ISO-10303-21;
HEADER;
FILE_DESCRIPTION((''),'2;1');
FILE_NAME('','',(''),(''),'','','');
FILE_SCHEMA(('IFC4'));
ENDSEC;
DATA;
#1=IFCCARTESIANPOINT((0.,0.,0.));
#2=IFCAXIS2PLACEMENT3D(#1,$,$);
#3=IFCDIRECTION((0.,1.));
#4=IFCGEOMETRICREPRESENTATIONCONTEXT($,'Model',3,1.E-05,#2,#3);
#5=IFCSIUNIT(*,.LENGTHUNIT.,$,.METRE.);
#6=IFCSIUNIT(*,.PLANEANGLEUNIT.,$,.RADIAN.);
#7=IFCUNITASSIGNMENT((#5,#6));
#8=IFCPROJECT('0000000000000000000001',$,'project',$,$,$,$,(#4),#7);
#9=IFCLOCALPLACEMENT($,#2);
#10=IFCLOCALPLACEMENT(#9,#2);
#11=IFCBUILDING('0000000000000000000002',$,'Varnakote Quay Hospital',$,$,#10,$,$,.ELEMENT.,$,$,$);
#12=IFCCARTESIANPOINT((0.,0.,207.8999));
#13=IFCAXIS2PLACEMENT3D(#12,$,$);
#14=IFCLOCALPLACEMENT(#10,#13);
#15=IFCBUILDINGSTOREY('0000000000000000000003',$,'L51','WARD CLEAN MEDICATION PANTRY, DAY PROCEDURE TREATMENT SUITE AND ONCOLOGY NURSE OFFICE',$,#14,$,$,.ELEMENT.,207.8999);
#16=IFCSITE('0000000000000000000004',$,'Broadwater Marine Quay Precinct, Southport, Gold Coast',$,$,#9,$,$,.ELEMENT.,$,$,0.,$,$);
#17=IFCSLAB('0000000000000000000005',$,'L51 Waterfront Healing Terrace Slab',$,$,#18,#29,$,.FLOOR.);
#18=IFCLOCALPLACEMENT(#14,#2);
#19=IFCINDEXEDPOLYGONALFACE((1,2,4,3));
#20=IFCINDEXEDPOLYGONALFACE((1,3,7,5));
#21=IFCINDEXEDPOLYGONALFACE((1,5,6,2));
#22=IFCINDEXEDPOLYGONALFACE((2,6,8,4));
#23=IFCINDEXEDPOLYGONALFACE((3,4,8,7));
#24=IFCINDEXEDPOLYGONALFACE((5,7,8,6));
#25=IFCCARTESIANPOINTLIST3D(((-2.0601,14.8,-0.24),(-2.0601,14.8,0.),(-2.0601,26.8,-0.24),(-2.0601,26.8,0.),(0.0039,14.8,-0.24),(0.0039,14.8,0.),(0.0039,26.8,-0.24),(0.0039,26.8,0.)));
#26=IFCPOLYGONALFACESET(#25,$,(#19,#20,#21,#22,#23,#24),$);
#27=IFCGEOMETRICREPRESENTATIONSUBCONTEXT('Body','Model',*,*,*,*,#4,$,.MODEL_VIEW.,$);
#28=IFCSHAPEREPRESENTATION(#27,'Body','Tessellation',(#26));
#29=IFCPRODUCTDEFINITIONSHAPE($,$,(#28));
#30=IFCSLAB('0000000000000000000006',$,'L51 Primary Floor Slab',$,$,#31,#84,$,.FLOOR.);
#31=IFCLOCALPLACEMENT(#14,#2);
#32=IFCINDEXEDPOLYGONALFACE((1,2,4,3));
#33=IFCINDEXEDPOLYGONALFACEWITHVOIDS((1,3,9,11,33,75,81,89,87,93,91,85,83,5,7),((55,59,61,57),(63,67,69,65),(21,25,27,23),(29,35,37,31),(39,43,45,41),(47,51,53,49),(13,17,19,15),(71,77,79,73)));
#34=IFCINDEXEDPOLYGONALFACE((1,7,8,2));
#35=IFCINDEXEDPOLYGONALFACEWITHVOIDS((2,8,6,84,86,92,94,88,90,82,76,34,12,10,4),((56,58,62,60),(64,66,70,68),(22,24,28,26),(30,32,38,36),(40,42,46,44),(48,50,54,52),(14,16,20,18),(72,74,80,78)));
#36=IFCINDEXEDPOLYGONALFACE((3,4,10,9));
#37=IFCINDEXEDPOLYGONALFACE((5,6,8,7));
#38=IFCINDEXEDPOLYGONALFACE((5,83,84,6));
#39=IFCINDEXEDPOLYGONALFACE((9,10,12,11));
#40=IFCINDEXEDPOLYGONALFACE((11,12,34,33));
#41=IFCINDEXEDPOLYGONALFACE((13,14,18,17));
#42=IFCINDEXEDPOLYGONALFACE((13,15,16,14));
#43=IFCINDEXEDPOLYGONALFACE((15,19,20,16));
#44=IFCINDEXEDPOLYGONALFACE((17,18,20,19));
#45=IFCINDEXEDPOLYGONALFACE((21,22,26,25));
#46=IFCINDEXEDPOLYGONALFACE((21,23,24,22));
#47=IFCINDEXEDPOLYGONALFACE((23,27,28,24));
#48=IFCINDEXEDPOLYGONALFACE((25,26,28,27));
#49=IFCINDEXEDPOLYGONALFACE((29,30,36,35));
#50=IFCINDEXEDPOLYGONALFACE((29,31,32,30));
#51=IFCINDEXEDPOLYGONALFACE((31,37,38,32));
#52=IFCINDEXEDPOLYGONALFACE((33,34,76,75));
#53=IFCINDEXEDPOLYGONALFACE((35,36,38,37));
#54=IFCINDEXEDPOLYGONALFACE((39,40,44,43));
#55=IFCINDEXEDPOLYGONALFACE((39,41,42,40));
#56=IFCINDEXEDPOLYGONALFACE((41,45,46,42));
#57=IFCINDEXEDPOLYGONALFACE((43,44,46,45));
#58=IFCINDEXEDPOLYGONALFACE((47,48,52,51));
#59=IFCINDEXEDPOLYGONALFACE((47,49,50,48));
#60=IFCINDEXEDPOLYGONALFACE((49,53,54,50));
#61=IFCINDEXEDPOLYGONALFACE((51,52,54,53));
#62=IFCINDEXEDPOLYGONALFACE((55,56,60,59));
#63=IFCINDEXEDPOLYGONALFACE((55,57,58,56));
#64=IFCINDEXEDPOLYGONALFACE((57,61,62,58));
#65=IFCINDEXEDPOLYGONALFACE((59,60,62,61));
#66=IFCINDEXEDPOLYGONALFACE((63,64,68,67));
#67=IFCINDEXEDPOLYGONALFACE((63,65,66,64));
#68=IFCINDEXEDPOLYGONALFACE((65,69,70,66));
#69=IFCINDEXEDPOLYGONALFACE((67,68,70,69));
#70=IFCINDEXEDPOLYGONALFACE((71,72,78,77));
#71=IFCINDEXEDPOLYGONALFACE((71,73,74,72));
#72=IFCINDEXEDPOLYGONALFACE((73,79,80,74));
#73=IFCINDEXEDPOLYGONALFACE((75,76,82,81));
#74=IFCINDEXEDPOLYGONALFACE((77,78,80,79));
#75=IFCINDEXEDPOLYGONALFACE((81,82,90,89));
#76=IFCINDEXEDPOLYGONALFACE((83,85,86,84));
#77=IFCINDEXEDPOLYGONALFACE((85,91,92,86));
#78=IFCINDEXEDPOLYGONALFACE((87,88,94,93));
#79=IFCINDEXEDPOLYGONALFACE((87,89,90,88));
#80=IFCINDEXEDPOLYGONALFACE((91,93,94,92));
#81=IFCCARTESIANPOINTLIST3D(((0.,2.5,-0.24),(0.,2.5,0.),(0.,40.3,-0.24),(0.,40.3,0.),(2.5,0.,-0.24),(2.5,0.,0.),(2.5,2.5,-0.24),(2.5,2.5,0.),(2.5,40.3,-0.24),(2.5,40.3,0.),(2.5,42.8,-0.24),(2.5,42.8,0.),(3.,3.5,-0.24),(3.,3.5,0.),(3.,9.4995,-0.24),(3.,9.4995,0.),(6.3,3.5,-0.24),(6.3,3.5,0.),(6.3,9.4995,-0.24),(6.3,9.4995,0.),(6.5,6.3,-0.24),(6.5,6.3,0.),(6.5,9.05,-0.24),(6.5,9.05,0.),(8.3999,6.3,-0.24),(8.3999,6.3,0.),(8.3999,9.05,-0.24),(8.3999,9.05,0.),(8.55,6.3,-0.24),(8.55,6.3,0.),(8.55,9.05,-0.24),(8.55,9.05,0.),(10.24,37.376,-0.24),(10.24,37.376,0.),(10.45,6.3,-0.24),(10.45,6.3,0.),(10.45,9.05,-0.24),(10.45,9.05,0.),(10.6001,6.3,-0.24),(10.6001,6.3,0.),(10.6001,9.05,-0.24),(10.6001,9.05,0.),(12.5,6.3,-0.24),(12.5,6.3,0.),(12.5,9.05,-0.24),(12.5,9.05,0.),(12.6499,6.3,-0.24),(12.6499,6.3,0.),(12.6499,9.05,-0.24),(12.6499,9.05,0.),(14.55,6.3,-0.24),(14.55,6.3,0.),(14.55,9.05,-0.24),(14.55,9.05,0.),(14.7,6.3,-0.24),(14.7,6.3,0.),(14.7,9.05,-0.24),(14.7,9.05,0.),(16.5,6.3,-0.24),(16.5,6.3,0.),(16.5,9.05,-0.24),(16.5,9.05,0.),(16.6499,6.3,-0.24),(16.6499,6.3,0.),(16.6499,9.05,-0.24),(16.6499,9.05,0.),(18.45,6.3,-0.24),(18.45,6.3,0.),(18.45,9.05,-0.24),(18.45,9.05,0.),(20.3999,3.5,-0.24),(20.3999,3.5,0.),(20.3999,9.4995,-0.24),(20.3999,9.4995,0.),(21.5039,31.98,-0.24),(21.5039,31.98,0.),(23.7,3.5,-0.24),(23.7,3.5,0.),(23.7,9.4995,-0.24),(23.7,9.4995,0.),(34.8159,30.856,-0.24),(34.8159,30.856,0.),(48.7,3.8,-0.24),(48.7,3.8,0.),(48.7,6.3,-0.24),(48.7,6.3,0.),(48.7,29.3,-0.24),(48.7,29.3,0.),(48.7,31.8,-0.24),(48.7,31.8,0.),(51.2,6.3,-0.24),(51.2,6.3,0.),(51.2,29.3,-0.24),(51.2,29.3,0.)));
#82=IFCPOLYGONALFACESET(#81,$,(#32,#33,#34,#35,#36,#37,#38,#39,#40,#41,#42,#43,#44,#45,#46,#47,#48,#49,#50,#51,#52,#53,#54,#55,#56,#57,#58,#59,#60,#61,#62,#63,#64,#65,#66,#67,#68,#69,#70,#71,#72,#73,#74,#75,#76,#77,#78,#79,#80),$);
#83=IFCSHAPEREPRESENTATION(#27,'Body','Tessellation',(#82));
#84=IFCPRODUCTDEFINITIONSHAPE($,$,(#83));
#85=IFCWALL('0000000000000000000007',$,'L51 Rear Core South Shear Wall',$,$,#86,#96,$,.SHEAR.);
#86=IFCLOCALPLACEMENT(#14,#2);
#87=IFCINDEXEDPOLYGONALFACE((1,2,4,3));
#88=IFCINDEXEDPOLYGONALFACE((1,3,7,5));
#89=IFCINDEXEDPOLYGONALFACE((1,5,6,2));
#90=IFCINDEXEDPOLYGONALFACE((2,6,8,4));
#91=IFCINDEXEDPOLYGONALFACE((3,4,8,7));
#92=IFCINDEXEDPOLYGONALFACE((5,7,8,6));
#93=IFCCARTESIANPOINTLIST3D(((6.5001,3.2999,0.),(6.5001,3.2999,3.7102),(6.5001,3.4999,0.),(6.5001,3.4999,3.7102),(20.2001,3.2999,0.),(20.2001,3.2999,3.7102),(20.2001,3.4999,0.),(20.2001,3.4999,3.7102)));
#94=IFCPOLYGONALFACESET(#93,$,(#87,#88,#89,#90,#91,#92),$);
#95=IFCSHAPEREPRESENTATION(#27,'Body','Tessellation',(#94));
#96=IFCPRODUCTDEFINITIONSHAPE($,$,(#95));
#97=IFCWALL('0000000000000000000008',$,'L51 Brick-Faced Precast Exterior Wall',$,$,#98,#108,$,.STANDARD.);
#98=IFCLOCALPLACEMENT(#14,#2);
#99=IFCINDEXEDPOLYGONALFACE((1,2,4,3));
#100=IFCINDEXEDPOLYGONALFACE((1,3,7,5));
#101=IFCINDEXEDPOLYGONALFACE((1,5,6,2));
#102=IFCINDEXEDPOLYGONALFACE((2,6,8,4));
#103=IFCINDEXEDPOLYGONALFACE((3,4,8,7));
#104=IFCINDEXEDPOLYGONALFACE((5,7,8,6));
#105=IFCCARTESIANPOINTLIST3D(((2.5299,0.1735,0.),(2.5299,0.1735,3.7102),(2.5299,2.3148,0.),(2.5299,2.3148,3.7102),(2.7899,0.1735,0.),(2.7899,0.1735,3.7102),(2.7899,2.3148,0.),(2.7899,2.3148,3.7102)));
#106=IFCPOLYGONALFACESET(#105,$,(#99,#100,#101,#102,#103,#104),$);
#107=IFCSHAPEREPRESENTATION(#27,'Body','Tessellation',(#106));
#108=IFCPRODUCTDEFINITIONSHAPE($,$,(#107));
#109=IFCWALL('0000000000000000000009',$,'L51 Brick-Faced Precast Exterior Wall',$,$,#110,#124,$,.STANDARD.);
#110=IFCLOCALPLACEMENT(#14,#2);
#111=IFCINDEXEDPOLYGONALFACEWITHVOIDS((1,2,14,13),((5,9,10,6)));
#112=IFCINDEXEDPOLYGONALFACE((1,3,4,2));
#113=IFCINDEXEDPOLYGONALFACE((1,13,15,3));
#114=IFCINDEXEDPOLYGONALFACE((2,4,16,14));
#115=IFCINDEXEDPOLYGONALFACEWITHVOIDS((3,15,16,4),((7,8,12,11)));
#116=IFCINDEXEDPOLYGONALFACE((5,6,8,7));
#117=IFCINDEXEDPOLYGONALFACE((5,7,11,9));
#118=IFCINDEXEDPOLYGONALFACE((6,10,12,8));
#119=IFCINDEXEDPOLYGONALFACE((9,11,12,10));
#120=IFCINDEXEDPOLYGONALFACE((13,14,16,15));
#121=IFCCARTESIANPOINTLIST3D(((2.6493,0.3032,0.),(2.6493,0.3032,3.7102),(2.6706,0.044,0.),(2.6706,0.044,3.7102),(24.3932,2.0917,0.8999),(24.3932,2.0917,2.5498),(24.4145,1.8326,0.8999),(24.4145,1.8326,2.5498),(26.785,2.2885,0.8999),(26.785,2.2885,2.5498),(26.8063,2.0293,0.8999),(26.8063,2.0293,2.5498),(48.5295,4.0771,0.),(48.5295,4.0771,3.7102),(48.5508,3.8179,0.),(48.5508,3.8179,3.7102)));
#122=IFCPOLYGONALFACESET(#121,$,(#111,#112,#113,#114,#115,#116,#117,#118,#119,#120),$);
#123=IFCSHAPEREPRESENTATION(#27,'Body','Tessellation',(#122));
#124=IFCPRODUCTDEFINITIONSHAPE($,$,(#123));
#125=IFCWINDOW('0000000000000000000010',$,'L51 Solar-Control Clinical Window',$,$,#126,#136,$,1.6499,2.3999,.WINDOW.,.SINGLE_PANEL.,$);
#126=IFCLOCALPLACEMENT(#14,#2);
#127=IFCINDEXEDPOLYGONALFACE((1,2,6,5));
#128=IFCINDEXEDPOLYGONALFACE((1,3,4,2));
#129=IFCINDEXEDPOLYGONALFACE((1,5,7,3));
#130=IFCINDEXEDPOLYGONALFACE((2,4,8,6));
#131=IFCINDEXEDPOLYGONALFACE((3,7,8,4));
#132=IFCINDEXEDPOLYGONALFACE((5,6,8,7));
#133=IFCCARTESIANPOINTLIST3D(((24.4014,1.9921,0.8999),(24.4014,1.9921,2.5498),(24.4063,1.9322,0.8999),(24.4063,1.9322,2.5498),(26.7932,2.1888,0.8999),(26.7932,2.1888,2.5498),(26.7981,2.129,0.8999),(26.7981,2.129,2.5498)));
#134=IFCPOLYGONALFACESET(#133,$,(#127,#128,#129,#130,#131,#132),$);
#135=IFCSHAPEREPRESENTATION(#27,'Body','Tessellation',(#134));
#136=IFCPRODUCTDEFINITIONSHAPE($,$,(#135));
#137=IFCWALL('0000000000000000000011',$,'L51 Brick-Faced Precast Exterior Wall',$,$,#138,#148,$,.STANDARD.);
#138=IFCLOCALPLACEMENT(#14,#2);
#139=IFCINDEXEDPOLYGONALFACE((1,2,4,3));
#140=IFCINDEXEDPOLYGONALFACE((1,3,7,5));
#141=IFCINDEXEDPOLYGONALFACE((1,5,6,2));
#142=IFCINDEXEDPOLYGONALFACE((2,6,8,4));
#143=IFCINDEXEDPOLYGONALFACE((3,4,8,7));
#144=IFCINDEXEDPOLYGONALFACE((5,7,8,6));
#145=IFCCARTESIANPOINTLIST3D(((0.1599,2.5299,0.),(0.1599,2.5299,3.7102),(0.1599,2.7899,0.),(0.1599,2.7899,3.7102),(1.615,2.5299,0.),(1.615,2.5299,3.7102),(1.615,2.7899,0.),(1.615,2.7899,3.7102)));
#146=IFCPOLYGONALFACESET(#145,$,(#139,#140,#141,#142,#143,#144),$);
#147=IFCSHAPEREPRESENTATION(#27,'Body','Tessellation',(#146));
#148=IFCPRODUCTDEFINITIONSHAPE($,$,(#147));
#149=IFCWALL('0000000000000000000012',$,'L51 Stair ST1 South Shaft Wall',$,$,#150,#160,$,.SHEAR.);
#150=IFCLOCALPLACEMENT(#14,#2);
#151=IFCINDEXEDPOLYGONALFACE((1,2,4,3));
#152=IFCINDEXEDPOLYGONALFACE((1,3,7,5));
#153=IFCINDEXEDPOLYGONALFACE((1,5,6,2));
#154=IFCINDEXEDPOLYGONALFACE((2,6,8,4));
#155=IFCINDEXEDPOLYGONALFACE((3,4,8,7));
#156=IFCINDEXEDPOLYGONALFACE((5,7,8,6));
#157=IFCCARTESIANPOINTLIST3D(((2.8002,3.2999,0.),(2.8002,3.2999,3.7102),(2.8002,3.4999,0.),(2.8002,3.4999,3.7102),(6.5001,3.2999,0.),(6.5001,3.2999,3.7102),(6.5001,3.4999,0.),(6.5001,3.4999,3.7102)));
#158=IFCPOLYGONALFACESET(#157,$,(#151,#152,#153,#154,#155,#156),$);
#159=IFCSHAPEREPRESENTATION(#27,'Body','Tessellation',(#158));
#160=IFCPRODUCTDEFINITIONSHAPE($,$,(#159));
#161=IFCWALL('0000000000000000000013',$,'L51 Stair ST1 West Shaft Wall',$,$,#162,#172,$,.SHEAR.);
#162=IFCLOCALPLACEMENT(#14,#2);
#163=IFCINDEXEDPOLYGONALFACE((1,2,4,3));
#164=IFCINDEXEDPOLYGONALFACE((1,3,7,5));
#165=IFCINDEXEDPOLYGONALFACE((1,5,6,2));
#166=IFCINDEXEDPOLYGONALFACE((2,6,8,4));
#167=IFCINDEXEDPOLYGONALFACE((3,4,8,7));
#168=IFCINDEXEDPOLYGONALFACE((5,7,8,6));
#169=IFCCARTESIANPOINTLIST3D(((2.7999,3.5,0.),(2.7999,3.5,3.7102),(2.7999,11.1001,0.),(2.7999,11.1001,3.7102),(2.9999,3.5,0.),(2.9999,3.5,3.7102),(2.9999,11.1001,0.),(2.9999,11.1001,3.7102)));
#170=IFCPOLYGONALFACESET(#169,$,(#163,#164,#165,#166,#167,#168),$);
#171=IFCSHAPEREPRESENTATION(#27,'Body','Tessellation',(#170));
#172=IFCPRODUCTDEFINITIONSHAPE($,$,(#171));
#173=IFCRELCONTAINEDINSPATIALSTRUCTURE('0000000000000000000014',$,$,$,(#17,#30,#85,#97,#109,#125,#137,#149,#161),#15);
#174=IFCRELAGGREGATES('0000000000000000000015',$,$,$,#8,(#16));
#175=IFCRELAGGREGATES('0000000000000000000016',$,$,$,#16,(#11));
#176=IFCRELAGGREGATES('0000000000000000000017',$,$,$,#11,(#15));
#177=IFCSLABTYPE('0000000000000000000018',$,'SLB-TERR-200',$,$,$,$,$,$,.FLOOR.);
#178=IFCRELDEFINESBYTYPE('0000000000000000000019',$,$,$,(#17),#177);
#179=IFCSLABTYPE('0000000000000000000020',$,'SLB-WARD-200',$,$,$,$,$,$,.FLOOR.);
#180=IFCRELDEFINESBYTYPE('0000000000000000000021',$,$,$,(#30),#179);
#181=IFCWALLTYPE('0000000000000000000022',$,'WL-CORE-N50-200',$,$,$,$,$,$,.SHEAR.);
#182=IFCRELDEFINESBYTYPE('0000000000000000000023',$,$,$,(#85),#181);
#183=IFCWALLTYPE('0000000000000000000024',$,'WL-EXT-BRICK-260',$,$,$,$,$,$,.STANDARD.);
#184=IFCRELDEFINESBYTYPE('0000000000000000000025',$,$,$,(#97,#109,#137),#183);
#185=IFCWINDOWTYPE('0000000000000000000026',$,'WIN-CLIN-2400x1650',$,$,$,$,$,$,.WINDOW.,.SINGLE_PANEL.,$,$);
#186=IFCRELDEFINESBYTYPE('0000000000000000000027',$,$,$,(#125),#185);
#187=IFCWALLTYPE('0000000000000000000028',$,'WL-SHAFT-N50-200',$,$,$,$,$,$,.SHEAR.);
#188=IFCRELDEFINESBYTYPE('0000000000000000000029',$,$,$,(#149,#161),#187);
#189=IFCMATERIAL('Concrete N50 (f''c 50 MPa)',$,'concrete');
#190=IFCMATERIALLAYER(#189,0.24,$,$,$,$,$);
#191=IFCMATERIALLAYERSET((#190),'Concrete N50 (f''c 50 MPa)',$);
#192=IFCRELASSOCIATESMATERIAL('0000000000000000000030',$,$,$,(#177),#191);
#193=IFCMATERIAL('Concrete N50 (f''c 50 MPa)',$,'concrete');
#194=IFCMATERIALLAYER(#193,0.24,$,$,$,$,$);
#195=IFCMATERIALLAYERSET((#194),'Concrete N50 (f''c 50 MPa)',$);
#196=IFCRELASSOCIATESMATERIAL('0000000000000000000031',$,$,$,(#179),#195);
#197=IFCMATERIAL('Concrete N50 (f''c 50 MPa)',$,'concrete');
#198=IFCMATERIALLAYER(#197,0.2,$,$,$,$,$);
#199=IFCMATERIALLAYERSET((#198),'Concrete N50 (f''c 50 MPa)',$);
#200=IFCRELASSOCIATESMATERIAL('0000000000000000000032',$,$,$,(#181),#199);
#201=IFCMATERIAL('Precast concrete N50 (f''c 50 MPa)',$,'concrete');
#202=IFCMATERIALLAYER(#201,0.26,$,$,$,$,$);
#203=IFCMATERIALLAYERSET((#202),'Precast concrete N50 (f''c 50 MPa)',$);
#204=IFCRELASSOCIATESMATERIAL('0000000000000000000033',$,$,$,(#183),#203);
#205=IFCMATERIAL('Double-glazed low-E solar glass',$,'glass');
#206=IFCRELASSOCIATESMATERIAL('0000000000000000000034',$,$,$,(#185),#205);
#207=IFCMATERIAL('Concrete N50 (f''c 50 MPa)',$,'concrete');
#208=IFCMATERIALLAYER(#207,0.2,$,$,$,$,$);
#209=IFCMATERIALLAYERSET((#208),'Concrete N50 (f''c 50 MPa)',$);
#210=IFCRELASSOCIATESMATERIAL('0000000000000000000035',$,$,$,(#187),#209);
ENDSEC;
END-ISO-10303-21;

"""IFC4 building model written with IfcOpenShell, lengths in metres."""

from ifc_helpers import new_model, si_unit, direction, frame, frame_2d, origin, place, context, subcontext, project, spatial, polyline, rectangle, outline, extrude, material, layer, layer_set, type_object, element, fill, save


model = new_model("IFC4")

# Units and contexts
model_context = context("Model", 3, precision=1e-05, world=origin(), true_north=direction((0.0, 1.0)))
body_context = subcontext(model_context, "Body", "Model", "MODEL_VIEW")
ifc_project = project(units=[si_unit("LENGTHUNIT", "METRE"), si_unit("PLANEANGLEUNIT", "RADIAN")], contexts=[model_context])

# Site, building, storey
site_placement = place(None, origin())
site = spatial("IfcSite", under=ifc_project, at=site_placement, Name="Broadwater Marine Quay Precinct, Southport, Gold Coast", CompositionType="ELEMENT", RefElevation=0.0)
building_placement = place(site_placement, origin())
building = spatial("IfcBuilding", under=site, at=building_placement, Name="Varnakote Quay Hospital", CompositionType="ELEMENT")
storey_placement = place(building_placement, frame((0.0, 0.0, 207.8999)))
storey = spatial("IfcBuildingStorey", under=building, at=storey_placement, Name="L51", Description="WARD CLEAN MEDICATION PANTRY, DAY PROCEDURE TREATMENT SUITE AND ONCOLOGY NURSE OFFICE", CompositionType="ELEMENT", Elevation=207.8999)

# Slabs
ifc_material_1 = material(Name="Concrete N50 (f'c 50 MPa)", Category="concrete")
ifc_layer_1 = layer(ifc_material_1, 0.24)
ifc_layer_set_1 = layer_set([ifc_layer_1], Name="Concrete N50 (f'c 50 MPa)")
slab_type_1 = type_object("IfcSlabType", Name="SLB-TERR-200", PredefinedType="FLOOR", material=ifc_layer_set_1)
slab_1_placement = place(storey_placement, frame((0.0, 0.0, -0.24)))
element("IfcSlab", 1, at=slab_1_placement, inside=storey, type_object=slab_type_1, Name="L51 Waterfront Healing Terrace Slab", PredefinedType="FLOOR", context=body_context, shape_type="SweptSolid", body=[
    extrude(outline(polyline([(0.0039, 14.8), (0.0039, 26.8), (-2.0601, 26.8), (-2.0601, 14.8), (0.0039, 14.8)])), origin(), (0.0, 0.0, 1.0), 0.24),
])
ifc_material_2 = material(Name="Concrete N50 (f'c 50 MPa)", Category="concrete")
ifc_layer_2 = layer(ifc_material_2, 0.24)
ifc_layer_set_2 = layer_set([ifc_layer_2], Name="Concrete N50 (f'c 50 MPa)")
slab_type_2 = type_object("IfcSlabType", Name="SLB-WARD-200", PredefinedType="FLOOR", material=ifc_layer_set_2)
slab_2_placement = place(storey_placement, frame((0.0, 0.0, -0.24)))
element("IfcSlab", 2, at=slab_2_placement, inside=storey, type_object=slab_type_2, Name="L51 Primary Floor Slab", PredefinedType="FLOOR", context=body_context, shape_type="SweptSolid", body=[
    extrude(outline(polyline([(0.0, 2.5), (2.5, 2.5), (2.5, 0.0), (48.7, 3.8), (48.7, 6.3), (51.2, 6.3), (51.2, 29.3), (48.7, 29.3), (48.7, 31.8), (34.8159, 30.856), (21.5039, 31.98), (10.24, 37.376), (2.5, 42.8), (2.5, 40.3), (0.0, 40.3), (0.0, 2.5)]), holes=[polyline([(3.0, 3.5), (6.3, 3.5), (6.3, 9.4995), (3.0, 9.4995), (3.0, 3.5)]), polyline([(20.3999, 3.5), (23.7, 3.5), (23.7, 9.4995), (20.3999, 9.4995), (20.3999, 3.5)]), polyline([(6.5, 6.3), (8.3999, 6.3), (8.3999, 9.05), (6.5, 9.05), (6.5, 6.3)]), polyline([(8.55, 6.3), (10.45, 6.3), (10.45, 9.05), (8.55, 9.05), (8.55, 6.3)]), polyline([(10.6001, 6.3), (12.5, 6.3), (12.5, 9.05), (10.6001, 9.05), (10.6001, 6.3)]), polyline([(12.6499, 6.3), (14.55, 6.3), (14.55, 9.05), (12.6499, 9.05), (12.6499, 6.3)]), polyline([(14.7, 6.3), (16.5, 6.3), (16.5, 9.05), (14.7, 9.05), (14.7, 6.3)]), polyline([(16.6499, 6.3), (18.45, 6.3), (18.45, 9.05), (16.6499, 9.05), (16.6499, 6.3)])]), origin(), (0.0, 0.0, 1.0), 0.24),
])

# Walls
ifc_material_3 = material(Name="Concrete N50 (f'c 50 MPa)", Category="concrete")
ifc_layer_3 = layer(ifc_material_3, 0.2)
ifc_layer_set_3 = layer_set([ifc_layer_3], Name="Concrete N50 (f'c 50 MPa)")
wall_type_1 = type_object("IfcWallType", Name="WL-CORE-N50-200", PredefinedType="SHEAR", material=ifc_layer_set_3)
wall_1_placement = place(storey_placement, frame((6.5, 3.3999, 0.0), z_axis=(0.0, 0.0, 1.0), x_axis=(1.0, 0.0, 0.0)))
element("IfcWall", 3, at=wall_1_placement, inside=storey, type_object=wall_type_1, Name="L51 Rear Core South Shear Wall", PredefinedType="SHEAR", context=body_context, shape_type="SweptSolid", body=[
    extrude(rectangle(XDim=13.7, YDim=0.2, at=frame_2d((6.8501, 0.0))), origin(), (0.0, 0.0, 1.0), 3.7102),
])
ifc_material_4 = material(Name="Precast concrete N50 (f'c 50 MPa)", Category="concrete")
ifc_layer_4 = layer(ifc_material_4, 0.26)
ifc_layer_set_4 = layer_set([ifc_layer_4], Name="Precast concrete N50 (f'c 50 MPa)")
wall_type_2 = type_object("IfcWallType", Name="WL-EXT-BRICK-260", PredefinedType="STANDARD", material=ifc_layer_set_4)
wall_2_placement = place(storey_placement, frame((2.6599, 2.3149, 0.0), z_axis=(0.0, 0.0, 1.0), x_axis=(0.0, -1.0, 0.0)))
element("IfcWall", 4, at=wall_2_placement, inside=storey, type_object=wall_type_2, Name="L51 Brick-Faced Precast Exterior Wall", PredefinedType="STANDARD", context=body_context, shape_type="SweptSolid", body=[
    extrude(rectangle(XDim=2.1414, YDim=0.26, at=frame_2d((1.0708, 0.0))), origin(), (0.0, 0.0, 1.0), 3.7102),
])

# Wall, opening, window
wall_3_placement = place(storey_placement, frame((2.6599, 0.1736, 0.0), z_axis=(0.0, 0.0, 1.0), x_axis=(0.996634, 0.081979, 0.0)))
wall_3 = element("IfcWall", 5, at=wall_3_placement, inside=storey, type_object=wall_type_2, Name="L51 Brick-Faced Precast Exterior Wall", PredefinedType="STANDARD", context=body_context, shape_type="SweptSolid", body=[
    extrude(rectangle(XDim=46.0352, YDim=0.26, at=frame_2d((23.0176, 0.0))), origin(), (0.0, 0.0, 1.0), 3.7102),
])
opening_1_placement = place(wall_3_placement, frame((21.8174, 0.0, 0.8999)))
opening_1 = element("IfcOpeningElement", 6, at=opening_1_placement, cuts=wall_3, PredefinedType="OPENING", context=body_context, shape_type="SweptSolid", body=[
    extrude(rectangle(XDim=2.3999, YDim=1.6499, at=frame_2d((1.2, 0.825))), frame((0.0, 0.1399, 0.0), z_axis=(0.0, -1.0, 0.0), x_axis=(1.0, 0.0, 0.0)), (0.0, 0.0, 1.0), 0.28),
])
ifc_material_5 = material(Name="Double-glazed low-E solar glass", Category="glass")
window_type = type_object("IfcWindowType", Name="WIN-CLIN-2400x1650", PartitioningType="SINGLE_PANEL", PredefinedType="WINDOW", material=ifc_material_5)
window_placement = place(opening_1_placement, origin())
window = element("IfcWindow", 7, at=window_placement, inside=storey, type_object=window_type, Name="L51 Solar-Control Clinical Window", OverallHeight=1.6499, OverallWidth=2.3999, PartitioningType="SINGLE_PANEL", PredefinedType="WINDOW", context=body_context, shape_type="SweptSolid", body=[
    extrude(rectangle(XDim=2.3999, YDim=1.6499, at=frame_2d((1.2, 0.825))), frame((0.0, 0.03, 0.0), z_axis=(0.0, -1.0, 0.0), x_axis=(1.0, 0.0, 0.0)), (0.0, 0.0, 1.0), 0.0601),
])
fill(opening_1, window)

# Walls
wall_4_placement = place(storey_placement, frame((0.1599, 2.6599, 0.0), z_axis=(0.0, 0.0, 1.0), x_axis=(1.0, 0.0, 0.0)))
element("IfcWall", 8, at=wall_4_placement, inside=storey, type_object=wall_type_2, Name="L51 Brick-Faced Precast Exterior Wall", PredefinedType="STANDARD", context=body_context, shape_type="SweptSolid", body=[
    extrude(rectangle(XDim=1.4551, YDim=0.26, at=frame_2d((0.7275, 0.0))), origin(), (0.0, 0.0, 1.0), 3.7102),
])
ifc_material_6 = material(Name="Concrete N50 (f'c 50 MPa)", Category="concrete")
ifc_layer_5 = layer(ifc_material_6, 0.2)
ifc_layer_set_5 = layer_set([ifc_layer_5], Name="Concrete N50 (f'c 50 MPa)")
wall_type_3 = type_object("IfcWallType", Name="WL-SHAFT-N50-200", PredefinedType="SHEAR", material=ifc_layer_set_5)
wall_5_placement = place(storey_placement, frame((2.8, 3.3999, 0.0), z_axis=(0.0, 0.0, 1.0), x_axis=(1.0, 0.0, 0.0)))
element("IfcWall", 9, at=wall_5_placement, inside=storey, type_object=wall_type_3, Name="L51 Stair ST1 South Shaft Wall", PredefinedType="SHEAR", context=body_context, shape_type="SweptSolid", body=[
    extrude(rectangle(XDim=3.7, YDim=0.2, at=frame_2d((1.8501, 0.0))), origin(), (0.0, 0.0, 1.0), 3.7102),
])
for number, where, z_axis, x_axis, name in (
    (10, (2.8999, 3.5, 0.0), (0.0, 0.0, 1.0), (0.0, 1.0, 0.0), "L51 Stair ST1 West Shaft Wall"),
):
    element("IfcWall", number, at=place(storey_placement, frame(where, z_axis=z_axis, x_axis=x_axis)), inside=storey, type_object=wall_type_3, Name=name, PredefinedType="SHEAR", context=body_context, shape_type="SweptSolid", body=[
        extrude(rectangle(XDim=7.6001, YDim=0.2, at=frame_2d((3.8, 0.0))), origin(), (0.0, 0.0, 1.0), 3.7102),
    ])

save(model, "model.ifc")
